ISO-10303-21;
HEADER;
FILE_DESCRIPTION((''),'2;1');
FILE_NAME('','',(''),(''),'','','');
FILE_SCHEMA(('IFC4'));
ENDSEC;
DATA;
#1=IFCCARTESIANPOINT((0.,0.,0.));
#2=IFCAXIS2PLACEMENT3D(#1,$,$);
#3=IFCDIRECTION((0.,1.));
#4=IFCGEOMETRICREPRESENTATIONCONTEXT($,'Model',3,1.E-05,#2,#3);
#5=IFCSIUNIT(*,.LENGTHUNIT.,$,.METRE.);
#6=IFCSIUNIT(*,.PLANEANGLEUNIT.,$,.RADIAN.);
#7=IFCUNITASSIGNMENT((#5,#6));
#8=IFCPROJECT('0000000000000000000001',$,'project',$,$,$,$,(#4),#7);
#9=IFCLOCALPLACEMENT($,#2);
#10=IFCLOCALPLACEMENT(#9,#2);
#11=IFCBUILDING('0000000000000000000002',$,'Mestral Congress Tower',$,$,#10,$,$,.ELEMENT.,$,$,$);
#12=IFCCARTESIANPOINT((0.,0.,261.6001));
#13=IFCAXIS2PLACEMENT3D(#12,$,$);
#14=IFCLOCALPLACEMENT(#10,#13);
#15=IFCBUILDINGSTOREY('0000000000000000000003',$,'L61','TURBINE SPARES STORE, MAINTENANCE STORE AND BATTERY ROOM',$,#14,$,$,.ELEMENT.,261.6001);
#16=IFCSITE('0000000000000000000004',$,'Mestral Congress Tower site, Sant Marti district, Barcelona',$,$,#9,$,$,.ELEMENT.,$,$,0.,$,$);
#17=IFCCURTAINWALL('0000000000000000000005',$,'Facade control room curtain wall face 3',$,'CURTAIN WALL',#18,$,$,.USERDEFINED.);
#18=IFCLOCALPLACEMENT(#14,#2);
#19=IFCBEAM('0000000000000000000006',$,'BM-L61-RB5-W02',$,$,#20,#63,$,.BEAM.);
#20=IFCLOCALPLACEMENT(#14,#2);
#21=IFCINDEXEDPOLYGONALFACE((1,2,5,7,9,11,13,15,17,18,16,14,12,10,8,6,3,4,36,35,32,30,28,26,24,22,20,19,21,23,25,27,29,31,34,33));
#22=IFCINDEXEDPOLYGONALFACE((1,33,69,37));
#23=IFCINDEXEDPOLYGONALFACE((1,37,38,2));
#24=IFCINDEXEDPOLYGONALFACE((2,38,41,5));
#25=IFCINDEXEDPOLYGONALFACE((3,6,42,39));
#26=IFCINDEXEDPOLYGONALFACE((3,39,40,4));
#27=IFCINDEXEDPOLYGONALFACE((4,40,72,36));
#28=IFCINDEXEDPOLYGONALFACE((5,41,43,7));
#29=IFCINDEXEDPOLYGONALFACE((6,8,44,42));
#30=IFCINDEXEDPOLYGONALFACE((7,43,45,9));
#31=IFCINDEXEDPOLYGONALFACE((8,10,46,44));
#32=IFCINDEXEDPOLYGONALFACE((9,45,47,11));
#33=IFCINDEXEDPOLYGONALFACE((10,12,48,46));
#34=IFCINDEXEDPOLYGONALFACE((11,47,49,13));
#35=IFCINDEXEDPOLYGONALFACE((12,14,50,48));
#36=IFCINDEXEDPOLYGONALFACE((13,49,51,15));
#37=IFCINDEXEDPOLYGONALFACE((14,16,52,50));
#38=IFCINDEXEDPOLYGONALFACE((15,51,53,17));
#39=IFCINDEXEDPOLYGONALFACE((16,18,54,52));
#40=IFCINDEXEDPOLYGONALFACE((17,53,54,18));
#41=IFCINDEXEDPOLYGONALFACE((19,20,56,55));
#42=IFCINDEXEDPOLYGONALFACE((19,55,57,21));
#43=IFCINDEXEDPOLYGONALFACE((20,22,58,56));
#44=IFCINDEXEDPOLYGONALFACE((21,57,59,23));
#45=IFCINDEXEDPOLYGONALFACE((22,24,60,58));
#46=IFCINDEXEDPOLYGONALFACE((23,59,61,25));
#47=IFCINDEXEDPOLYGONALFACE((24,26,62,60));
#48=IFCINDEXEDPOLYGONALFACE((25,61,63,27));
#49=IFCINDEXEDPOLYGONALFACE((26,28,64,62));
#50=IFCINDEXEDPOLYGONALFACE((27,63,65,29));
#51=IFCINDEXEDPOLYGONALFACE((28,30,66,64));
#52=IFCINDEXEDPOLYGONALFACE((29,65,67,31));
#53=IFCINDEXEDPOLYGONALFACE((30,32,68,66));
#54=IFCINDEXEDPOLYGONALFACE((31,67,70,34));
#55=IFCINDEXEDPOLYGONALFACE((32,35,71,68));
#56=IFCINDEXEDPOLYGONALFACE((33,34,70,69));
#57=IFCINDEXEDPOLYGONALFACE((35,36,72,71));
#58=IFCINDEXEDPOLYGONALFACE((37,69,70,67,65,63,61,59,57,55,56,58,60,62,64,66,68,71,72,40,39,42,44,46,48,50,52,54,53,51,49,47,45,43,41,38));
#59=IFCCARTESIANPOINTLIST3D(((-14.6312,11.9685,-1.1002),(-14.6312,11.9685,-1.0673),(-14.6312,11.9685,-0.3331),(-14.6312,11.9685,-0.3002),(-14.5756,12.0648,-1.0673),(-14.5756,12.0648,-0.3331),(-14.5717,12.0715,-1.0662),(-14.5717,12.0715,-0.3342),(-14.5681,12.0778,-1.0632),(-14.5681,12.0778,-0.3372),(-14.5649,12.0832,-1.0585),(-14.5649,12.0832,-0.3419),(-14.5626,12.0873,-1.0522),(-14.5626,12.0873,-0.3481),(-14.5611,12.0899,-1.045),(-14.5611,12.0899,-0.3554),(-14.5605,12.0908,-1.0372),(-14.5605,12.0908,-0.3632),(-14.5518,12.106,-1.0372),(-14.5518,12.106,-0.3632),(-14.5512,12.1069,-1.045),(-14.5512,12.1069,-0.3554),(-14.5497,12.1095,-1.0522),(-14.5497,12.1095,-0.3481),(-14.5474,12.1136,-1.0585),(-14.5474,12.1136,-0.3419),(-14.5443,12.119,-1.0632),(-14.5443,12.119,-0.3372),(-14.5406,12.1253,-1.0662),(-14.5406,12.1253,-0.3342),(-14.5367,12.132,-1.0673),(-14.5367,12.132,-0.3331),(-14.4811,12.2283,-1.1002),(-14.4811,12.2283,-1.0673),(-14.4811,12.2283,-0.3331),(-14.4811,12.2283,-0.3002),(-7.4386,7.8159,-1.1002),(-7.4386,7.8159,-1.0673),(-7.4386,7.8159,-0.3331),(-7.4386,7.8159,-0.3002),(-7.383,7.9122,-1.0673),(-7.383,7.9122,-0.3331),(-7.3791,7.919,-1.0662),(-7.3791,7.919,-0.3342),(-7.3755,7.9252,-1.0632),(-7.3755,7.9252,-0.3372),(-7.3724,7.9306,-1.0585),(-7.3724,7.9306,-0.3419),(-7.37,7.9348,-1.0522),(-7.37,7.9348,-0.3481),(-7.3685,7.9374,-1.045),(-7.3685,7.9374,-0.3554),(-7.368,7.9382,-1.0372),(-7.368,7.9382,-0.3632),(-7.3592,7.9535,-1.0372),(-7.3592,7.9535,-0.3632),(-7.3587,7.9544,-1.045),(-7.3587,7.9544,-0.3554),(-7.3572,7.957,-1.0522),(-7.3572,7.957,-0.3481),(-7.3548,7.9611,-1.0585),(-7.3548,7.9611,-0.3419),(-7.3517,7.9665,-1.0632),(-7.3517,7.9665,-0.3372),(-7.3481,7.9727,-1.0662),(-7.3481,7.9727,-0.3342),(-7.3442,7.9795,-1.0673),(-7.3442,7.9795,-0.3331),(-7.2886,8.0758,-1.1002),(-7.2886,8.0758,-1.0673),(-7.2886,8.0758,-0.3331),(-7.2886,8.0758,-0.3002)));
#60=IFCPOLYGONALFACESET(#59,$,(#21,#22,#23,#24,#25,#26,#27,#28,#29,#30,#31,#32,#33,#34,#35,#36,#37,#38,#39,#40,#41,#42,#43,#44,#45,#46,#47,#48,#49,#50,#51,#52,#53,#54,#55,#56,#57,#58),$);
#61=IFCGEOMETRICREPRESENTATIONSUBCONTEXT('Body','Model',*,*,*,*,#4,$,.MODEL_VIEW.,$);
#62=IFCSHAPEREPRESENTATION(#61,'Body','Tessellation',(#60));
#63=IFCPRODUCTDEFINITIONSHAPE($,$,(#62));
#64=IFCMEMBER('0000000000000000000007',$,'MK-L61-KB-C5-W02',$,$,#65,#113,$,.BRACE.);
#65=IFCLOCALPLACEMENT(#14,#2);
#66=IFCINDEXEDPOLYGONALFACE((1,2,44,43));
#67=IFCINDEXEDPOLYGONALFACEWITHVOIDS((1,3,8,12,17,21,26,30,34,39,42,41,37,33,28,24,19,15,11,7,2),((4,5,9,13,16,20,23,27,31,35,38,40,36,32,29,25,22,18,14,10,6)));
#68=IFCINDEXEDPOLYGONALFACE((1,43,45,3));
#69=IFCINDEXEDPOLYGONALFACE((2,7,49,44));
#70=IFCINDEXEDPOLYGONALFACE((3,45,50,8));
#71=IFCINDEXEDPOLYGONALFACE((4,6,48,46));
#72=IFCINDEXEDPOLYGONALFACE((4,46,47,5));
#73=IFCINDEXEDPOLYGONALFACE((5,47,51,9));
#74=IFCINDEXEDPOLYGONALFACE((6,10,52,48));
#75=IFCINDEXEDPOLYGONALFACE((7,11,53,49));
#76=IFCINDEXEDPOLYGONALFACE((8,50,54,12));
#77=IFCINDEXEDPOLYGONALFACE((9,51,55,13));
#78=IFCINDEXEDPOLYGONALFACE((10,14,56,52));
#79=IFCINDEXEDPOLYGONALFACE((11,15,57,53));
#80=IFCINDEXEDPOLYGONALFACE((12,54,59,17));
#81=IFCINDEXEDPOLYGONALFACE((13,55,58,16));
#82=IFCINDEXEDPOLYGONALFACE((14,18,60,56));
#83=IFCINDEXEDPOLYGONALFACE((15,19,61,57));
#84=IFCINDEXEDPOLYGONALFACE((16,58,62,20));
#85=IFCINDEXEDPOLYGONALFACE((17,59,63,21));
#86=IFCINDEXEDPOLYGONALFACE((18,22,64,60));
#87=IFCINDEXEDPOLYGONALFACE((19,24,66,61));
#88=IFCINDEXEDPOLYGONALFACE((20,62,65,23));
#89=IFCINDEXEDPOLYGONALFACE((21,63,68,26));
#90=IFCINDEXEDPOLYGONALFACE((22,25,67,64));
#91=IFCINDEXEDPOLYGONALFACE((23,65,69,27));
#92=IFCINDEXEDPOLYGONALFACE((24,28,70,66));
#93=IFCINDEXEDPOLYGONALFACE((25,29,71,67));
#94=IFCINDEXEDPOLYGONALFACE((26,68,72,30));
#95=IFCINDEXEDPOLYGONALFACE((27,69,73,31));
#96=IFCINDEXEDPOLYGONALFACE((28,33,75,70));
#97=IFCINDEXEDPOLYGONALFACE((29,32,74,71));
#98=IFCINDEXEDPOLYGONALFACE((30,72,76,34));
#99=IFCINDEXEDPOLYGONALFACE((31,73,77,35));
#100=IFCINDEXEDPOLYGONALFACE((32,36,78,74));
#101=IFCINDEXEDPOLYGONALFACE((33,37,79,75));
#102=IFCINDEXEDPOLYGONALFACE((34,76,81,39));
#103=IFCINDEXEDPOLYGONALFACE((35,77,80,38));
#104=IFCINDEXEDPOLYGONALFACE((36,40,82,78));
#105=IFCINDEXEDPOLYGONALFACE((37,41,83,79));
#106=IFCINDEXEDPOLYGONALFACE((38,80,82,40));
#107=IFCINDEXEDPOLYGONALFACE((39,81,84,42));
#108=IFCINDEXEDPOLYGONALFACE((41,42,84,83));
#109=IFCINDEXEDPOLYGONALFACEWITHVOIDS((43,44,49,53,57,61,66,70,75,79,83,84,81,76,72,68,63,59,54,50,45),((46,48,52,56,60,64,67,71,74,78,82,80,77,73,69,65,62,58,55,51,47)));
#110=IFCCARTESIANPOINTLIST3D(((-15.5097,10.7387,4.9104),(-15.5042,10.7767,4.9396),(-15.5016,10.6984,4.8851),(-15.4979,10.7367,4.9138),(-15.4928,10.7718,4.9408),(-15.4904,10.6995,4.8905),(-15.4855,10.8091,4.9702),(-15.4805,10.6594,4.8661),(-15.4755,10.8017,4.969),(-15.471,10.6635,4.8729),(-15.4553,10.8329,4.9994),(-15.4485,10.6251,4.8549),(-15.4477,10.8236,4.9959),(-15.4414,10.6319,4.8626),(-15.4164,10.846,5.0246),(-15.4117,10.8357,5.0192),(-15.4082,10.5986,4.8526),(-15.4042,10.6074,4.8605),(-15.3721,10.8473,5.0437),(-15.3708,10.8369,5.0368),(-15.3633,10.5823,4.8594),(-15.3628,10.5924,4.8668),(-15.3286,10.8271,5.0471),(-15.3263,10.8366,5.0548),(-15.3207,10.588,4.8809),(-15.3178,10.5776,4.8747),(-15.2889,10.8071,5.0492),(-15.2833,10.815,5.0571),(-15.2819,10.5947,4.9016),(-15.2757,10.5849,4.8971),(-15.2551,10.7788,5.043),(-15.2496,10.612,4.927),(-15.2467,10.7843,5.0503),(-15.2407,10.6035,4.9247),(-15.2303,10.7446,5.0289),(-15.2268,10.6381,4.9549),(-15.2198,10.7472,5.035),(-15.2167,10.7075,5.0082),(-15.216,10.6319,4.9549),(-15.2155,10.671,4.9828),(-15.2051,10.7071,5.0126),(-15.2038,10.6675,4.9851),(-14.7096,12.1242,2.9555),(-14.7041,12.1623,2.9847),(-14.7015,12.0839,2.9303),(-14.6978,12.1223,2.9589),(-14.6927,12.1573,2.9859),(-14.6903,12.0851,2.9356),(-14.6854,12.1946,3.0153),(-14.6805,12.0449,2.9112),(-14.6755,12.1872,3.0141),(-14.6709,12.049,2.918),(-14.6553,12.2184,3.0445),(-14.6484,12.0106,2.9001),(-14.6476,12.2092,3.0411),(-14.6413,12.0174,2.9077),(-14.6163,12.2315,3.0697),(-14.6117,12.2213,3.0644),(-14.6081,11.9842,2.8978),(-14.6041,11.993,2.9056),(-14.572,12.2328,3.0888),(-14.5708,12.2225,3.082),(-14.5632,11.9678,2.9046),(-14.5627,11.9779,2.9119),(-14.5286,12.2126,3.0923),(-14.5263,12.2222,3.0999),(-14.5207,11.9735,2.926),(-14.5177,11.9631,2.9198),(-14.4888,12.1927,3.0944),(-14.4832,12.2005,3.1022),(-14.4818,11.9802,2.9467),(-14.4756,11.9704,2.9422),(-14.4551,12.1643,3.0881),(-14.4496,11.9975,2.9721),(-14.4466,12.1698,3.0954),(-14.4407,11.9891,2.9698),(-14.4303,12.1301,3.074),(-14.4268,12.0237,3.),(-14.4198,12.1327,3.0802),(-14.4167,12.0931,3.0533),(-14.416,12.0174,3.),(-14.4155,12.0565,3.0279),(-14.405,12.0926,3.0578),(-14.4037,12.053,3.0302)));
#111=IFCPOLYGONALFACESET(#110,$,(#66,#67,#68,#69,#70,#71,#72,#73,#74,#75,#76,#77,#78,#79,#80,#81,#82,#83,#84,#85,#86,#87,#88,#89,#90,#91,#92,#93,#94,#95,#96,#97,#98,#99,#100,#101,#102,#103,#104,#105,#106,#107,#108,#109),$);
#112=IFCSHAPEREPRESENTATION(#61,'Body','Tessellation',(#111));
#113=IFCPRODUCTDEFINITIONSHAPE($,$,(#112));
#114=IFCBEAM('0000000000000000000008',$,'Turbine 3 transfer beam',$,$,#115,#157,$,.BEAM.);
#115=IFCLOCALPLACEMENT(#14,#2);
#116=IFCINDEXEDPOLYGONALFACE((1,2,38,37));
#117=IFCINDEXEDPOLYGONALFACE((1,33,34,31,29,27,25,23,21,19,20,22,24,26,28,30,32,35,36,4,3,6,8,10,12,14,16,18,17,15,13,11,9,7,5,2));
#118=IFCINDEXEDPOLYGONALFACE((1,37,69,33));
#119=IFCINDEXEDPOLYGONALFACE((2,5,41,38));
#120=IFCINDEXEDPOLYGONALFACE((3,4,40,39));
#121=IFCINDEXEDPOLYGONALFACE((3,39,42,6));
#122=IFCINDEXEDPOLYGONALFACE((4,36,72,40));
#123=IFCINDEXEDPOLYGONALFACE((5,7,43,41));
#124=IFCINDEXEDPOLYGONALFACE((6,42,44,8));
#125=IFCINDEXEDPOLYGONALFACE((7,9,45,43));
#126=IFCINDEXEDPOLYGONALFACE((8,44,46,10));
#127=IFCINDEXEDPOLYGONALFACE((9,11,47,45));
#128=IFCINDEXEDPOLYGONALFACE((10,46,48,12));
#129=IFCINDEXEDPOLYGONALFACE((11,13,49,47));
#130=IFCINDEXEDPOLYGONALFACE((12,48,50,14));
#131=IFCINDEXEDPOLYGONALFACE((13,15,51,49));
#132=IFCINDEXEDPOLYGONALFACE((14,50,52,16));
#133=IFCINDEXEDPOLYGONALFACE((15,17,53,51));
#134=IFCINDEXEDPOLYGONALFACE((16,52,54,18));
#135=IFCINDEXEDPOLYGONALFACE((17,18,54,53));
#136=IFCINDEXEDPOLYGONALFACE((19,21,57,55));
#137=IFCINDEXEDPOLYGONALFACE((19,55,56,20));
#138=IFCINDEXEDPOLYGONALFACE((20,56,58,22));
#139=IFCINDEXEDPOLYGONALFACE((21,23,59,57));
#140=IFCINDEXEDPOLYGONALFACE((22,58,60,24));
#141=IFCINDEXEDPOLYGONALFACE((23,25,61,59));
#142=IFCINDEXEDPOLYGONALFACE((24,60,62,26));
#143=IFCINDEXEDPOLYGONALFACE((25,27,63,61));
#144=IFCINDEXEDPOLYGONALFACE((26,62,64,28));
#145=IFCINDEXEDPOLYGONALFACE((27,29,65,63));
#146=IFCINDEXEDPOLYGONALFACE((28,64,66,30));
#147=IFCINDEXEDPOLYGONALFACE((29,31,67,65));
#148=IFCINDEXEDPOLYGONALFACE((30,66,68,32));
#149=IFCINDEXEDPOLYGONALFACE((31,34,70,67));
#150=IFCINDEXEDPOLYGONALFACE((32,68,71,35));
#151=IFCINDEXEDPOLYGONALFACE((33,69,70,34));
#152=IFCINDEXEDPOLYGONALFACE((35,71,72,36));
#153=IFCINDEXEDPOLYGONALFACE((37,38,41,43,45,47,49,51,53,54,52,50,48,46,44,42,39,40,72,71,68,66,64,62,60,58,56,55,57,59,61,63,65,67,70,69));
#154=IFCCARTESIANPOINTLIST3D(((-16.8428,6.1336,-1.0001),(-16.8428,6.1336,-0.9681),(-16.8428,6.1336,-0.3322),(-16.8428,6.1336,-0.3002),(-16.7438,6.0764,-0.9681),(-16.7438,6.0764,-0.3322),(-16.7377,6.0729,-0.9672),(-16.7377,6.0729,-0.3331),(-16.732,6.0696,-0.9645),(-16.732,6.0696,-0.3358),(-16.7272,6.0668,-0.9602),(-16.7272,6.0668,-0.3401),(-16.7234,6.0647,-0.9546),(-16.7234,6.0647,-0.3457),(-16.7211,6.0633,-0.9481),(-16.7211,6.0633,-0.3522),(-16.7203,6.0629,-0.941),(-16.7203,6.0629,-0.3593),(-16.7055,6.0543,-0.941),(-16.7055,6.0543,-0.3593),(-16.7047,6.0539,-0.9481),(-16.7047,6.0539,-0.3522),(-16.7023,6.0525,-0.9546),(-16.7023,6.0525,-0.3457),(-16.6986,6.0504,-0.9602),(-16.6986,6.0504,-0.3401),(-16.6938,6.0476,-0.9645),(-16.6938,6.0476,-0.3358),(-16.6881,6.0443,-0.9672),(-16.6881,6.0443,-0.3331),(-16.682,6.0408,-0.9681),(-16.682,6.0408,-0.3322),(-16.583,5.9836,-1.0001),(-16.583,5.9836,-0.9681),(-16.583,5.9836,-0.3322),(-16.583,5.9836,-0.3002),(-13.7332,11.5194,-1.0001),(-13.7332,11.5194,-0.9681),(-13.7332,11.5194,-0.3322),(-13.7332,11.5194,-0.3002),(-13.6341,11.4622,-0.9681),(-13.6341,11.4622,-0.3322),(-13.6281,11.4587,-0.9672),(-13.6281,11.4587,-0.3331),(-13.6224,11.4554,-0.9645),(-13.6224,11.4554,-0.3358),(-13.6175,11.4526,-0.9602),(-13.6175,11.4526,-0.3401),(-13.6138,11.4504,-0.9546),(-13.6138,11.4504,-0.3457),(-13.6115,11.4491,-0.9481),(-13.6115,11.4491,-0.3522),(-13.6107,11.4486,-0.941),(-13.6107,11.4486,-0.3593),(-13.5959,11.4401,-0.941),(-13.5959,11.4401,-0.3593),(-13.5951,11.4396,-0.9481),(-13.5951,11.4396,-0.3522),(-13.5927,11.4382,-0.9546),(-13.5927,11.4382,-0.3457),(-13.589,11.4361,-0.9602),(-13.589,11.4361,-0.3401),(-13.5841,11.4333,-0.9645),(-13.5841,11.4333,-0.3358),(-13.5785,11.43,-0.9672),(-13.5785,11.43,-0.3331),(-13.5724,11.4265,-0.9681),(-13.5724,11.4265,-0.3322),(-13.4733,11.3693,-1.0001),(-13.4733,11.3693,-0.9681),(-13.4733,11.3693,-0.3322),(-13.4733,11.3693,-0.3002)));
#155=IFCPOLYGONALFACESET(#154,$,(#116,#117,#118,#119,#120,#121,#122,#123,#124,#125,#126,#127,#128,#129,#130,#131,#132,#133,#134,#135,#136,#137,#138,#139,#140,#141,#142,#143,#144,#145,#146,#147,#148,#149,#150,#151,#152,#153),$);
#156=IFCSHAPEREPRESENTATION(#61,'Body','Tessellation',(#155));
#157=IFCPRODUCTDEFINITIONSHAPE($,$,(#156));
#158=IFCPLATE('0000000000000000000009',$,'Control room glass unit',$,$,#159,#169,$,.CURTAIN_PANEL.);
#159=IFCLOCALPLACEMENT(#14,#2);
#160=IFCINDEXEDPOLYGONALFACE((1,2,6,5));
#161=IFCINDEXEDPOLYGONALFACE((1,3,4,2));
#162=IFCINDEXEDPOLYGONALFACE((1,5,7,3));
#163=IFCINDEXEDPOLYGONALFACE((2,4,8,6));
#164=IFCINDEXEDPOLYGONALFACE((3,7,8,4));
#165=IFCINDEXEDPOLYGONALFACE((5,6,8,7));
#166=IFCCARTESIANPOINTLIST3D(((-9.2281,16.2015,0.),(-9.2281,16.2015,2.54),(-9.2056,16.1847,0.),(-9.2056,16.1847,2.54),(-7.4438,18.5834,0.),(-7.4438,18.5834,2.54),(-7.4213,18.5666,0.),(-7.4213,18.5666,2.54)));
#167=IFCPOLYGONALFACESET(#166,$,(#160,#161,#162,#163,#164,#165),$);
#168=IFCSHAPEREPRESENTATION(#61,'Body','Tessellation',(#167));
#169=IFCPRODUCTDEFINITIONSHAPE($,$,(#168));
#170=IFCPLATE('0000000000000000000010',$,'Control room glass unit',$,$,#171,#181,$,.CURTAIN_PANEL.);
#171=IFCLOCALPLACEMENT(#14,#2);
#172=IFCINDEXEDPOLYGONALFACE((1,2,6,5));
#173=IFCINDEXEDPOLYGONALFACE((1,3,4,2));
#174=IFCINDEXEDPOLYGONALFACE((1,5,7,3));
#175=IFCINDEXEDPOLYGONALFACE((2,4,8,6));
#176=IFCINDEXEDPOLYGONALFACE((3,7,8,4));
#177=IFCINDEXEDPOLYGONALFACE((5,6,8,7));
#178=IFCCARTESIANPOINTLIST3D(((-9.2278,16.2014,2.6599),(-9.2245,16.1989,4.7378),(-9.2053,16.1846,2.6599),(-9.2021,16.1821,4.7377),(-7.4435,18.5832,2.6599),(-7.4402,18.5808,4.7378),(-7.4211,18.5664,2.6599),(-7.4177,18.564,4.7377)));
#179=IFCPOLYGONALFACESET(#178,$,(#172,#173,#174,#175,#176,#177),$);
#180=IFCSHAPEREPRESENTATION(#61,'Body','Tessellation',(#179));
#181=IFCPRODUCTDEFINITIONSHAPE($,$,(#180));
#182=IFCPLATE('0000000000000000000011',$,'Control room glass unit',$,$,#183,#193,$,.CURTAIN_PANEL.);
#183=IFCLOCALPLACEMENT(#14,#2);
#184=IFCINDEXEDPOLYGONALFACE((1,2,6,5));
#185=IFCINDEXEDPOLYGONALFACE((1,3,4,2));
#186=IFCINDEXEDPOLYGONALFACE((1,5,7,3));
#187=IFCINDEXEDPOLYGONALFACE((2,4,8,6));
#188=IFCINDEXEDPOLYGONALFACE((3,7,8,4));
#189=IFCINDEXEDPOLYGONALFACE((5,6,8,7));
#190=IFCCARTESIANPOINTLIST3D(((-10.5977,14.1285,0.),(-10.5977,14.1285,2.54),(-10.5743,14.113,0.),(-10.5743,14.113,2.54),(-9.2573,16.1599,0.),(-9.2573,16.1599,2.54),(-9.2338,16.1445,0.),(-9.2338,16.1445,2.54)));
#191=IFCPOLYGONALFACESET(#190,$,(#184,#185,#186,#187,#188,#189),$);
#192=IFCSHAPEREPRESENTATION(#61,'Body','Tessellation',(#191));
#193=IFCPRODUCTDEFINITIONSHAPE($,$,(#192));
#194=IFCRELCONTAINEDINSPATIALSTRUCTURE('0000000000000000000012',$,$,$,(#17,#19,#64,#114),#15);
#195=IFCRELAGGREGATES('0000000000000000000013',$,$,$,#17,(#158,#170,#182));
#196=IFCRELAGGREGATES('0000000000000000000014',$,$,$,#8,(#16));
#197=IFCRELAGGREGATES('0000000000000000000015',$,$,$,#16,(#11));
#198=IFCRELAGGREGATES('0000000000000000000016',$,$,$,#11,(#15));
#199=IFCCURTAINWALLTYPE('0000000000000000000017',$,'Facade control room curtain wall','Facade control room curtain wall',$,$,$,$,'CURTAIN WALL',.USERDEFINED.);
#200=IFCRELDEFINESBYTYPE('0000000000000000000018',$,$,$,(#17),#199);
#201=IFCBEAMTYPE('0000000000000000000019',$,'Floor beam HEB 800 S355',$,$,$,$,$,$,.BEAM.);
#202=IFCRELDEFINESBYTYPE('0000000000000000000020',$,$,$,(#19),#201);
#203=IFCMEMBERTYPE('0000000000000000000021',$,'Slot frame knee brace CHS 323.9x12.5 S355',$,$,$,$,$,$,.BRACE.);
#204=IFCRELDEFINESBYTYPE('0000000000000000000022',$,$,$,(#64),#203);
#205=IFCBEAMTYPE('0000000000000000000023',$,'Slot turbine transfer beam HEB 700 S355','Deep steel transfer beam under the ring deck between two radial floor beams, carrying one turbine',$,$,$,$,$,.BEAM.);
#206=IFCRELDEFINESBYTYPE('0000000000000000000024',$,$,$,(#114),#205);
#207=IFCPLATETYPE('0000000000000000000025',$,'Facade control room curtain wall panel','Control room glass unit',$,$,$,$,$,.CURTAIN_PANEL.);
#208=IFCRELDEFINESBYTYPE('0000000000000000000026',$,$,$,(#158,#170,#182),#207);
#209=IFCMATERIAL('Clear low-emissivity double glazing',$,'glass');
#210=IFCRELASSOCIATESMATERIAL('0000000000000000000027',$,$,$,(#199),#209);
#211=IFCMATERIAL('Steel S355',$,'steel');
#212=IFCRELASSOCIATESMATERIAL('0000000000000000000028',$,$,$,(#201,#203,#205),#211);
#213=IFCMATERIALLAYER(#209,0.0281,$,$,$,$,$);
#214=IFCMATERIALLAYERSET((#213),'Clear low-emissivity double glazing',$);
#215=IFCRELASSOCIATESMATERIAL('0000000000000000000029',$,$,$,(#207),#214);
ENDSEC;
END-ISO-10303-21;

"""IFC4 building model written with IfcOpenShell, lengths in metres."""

from ifc_helpers import new_model, si_unit, direction, frame, origin, origin_2d, place, context, subcontext, project, spatial, polyline, rectangle, hollow_circle, i_section, outline, extrude, material, layer, layer_set, material_profile, profile_set, type_object, element, aggregate, save


model = new_model("IFC4")

# Units and contexts
model_context = context("Model", 3, precision=1e-05, world=origin(), true_north=direction((0.0, 1.0)))
body_context = subcontext(model_context, "Body", "Model", "MODEL_VIEW")
ifc_project = project(units=[si_unit("LENGTHUNIT", "METRE"), si_unit("PLANEANGLEUNIT", "RADIAN")], contexts=[model_context])

# Site, building, storey
site_placement = place(None, origin())
site = spatial("IfcSite", under=ifc_project, at=site_placement, Name="Mestral Congress Tower site, Sant Marti district, Barcelona", CompositionType="ELEMENT", RefElevation=0.0)
building_placement = place(site_placement, origin())
building = spatial("IfcBuilding", under=site, at=building_placement, Name="Mestral Congress Tower", CompositionType="ELEMENT")
storey_placement = place(building_placement, frame((0.0, 0.0, 261.6001)))
storey = spatial("IfcBuildingStorey", under=building, at=storey_placement, Name="L61", Description="TURBINE SPARES STORE, MAINTENANCE STORE AND BATTERY ROOM", CompositionType="ELEMENT", Elevation=261.6001)

# Curtain wall
ifc_material_1 = material(Name="Clear low-emissivity double glazing", Category="glass")
curtain_wall_type = type_object("IfcCurtainWallType", Name="Facade control room curtain wall", Description="Facade control room curtain wall", ElementType="CURTAIN WALL", PredefinedType="USERDEFINED", material=ifc_material_1)
placement = place(storey_placement, origin())
curtain_wall = element("IfcCurtainWall", 1, at=placement, inside=storey, type_object=curtain_wall_type, Name="Facade control room curtain wall face 3", ObjectType="CURTAIN WALL", PredefinedType="USERDEFINED")

# Beam
ifc_material_2 = material(Name="Steel S355", Category="steel")
ifc_material_profile_1 = material_profile(ifc_material_2, i_section(OverallWidth=0.3, OverallDepth=0.8, WebThickness=0.0176, FlangeThickness=0.033, FilletRadius=0.03, at=origin_2d()), Name="HEB 800")
ifc_profile_set_1 = profile_set([ifc_material_profile_1], Name="Steel S355")
beam_type_1 = type_object("IfcBeamType", Name="Floor beam HEB 800 S355", PredefinedType="BEAM", material=ifc_profile_set_1)
beam_1_placement = place(storey_placement, frame((-14.5562, 12.0984, -0.7002), z_axis=(0.866029, -0.499993, 0.0), x_axis=(0.499993, 0.866029, 0.0)))
element("IfcBeam", 2, at=beam_1_placement, inside=storey, type_object=beam_type_1, Name="BM-L61-RB5-W02", PredefinedType="BEAM", context=body_context, shape_type="SweptSolid", body=[
    extrude(i_section(OverallWidth=0.3, OverallDepth=0.8, WebThickness=0.0176, FlangeThickness=0.033, FilletRadius=0.03, at=origin_2d()), origin(), (0.0, 0.0, 1.0), 8.3052),
])

# Member
ifc_material_profile_2 = material_profile(ifc_material_2, hollow_circle(Radius=0.1619, WallThickness=0.0125, at=origin_2d()), Name="CHS 323.9x12.5")
ifc_profile_set_2 = profile_set([ifc_material_profile_2], Name="Steel S355")
member_type_1 = type_object("IfcMemberType", Name="Slot frame knee brace CHS 323.9x12.5 S355", PredefinedType="BRACE", material=ifc_profile_set_2)
member_1_placement = place(storey_placement, frame((-14.5562, 12.0984, 3.0), z_axis=(-0.316716, -0.548478, 0.773862), x_axis=(0.86599, -0.500061, 0.0)))
element("IfcMember", 3, at=member_1_placement, inside=storey, type_object=member_type_1, Name="MK-L61-KB-C5-W02", PredefinedType="BRACE", context=body_context, shape_type="SweptSolid", body=[
    extrude(hollow_circle(Radius=0.1619, WallThickness=0.0125, at=origin_2d()), origin(), (0.0, 0.0, 1.0), 2.5261),
])

# Beam
ifc_material_profile_3 = material_profile(ifc_material_2, i_section(OverallWidth=0.3, OverallDepth=0.7, WebThickness=0.0171, FlangeThickness=0.032, FilletRadius=0.0271, at=origin_2d()), Name="HEB 700")
ifc_profile_set_3 = profile_set([ifc_material_profile_3], Name="Steel S355")
beam_type_2 = type_object("IfcBeamType", Name="Slot turbine transfer beam HEB 700 S355", Description="Deep steel transfer beam under the ring deck between two radial floor beams, carrying one turbine", PredefinedType="BEAM", material=ifc_profile_set_3)
beam_2_placement = place(storey_placement, frame((-13.6033, 11.4443, -0.6501), z_axis=(-0.500019, -0.866014, 0.0), x_axis=(0.866014, -0.500019, 0.0)))
element("IfcBeam", 4, at=beam_2_placement, inside=storey, type_object=beam_type_2, Name="Turbine 3 transfer beam", PredefinedType="BEAM", context=body_context, shape_type="SweptSolid", body=[
    extrude(i_section(OverallWidth=0.3, OverallDepth=0.7, WebThickness=0.0171, FlangeThickness=0.032, FilletRadius=0.0271, at=origin_2d()), origin(), (0.0, 0.0, 1.0), 6.219),
])

# Plates
ifc_layer_1 = layer(ifc_material_1, 0.0281)
ifc_layer_set_1 = layer_set([ifc_layer_1], Name="Clear low-emissivity double glazing")
plate_type = type_object("IfcPlateType", Name="Facade control room curtain wall panel", Description="Control room glass unit", PredefinedType="CURTAIN_PANEL", material=ifc_layer_set_1)
plate_1_placement = place(storey_placement, frame((-8.3247, 17.384, 0.0), z_axis=(0.0, 0.0, 1.0), x_axis=(-0.599541, -0.800344, 0.0)))
plate_1 = element("IfcPlate", 5, at=plate_1_placement, type_object=plate_type, Name="Control room glass unit", PredefinedType="CURTAIN_PANEL", context=body_context, shape_type="SweptSolid", body=[
    extrude(rectangle(XDim=2.9761, YDim=0.0281, at=origin_2d()), origin(), (0.0, 0.0, 1.0), 2.54),
])
plate_2_placement = place(storey_placement, frame((-9.2278, 16.2014, 2.6599), z_axis=(-0.800333, 0.599552, 0.001974), x_axis=(0.599554, 0.800335, 0.0)))
plate_2 = element("IfcPlate", 6, at=plate_2_placement, type_object=plate_type, Name="Control room glass unit", PredefinedType="CURTAIN_PANEL", context=body_context, shape_type="SweptSolid", body=[
    extrude(outline(polyline([(0.0, 0.0), (2.976, 0.0), (2.9761, -2.0779), (-0.0001, -2.0779), (0.0, 0.0)])), origin(), (0.0, 0.0, -1.0), 0.0281),
])
plate_3_placement = place(storey_placement, frame((-9.9158, 15.1365, 0.0), z_axis=(0.0, 0.0, 1.0), x_axis=(-0.55075, -0.83467, 0.0)))
plate_3 = element("IfcPlate", 7, at=plate_3_placement, type_object=plate_type, Name="Control room glass unit", PredefinedType="CURTAIN_PANEL", context=body_context, shape_type="SweptSolid", body=[
    extrude(rectangle(XDim=2.4338, YDim=0.0281, at=origin_2d()), origin(), (0.0, 0.0, 1.0), 2.54),
])
aggregate(curtain_wall, [plate_1, plate_2, plate_3])

save(model, "model.ifc")
